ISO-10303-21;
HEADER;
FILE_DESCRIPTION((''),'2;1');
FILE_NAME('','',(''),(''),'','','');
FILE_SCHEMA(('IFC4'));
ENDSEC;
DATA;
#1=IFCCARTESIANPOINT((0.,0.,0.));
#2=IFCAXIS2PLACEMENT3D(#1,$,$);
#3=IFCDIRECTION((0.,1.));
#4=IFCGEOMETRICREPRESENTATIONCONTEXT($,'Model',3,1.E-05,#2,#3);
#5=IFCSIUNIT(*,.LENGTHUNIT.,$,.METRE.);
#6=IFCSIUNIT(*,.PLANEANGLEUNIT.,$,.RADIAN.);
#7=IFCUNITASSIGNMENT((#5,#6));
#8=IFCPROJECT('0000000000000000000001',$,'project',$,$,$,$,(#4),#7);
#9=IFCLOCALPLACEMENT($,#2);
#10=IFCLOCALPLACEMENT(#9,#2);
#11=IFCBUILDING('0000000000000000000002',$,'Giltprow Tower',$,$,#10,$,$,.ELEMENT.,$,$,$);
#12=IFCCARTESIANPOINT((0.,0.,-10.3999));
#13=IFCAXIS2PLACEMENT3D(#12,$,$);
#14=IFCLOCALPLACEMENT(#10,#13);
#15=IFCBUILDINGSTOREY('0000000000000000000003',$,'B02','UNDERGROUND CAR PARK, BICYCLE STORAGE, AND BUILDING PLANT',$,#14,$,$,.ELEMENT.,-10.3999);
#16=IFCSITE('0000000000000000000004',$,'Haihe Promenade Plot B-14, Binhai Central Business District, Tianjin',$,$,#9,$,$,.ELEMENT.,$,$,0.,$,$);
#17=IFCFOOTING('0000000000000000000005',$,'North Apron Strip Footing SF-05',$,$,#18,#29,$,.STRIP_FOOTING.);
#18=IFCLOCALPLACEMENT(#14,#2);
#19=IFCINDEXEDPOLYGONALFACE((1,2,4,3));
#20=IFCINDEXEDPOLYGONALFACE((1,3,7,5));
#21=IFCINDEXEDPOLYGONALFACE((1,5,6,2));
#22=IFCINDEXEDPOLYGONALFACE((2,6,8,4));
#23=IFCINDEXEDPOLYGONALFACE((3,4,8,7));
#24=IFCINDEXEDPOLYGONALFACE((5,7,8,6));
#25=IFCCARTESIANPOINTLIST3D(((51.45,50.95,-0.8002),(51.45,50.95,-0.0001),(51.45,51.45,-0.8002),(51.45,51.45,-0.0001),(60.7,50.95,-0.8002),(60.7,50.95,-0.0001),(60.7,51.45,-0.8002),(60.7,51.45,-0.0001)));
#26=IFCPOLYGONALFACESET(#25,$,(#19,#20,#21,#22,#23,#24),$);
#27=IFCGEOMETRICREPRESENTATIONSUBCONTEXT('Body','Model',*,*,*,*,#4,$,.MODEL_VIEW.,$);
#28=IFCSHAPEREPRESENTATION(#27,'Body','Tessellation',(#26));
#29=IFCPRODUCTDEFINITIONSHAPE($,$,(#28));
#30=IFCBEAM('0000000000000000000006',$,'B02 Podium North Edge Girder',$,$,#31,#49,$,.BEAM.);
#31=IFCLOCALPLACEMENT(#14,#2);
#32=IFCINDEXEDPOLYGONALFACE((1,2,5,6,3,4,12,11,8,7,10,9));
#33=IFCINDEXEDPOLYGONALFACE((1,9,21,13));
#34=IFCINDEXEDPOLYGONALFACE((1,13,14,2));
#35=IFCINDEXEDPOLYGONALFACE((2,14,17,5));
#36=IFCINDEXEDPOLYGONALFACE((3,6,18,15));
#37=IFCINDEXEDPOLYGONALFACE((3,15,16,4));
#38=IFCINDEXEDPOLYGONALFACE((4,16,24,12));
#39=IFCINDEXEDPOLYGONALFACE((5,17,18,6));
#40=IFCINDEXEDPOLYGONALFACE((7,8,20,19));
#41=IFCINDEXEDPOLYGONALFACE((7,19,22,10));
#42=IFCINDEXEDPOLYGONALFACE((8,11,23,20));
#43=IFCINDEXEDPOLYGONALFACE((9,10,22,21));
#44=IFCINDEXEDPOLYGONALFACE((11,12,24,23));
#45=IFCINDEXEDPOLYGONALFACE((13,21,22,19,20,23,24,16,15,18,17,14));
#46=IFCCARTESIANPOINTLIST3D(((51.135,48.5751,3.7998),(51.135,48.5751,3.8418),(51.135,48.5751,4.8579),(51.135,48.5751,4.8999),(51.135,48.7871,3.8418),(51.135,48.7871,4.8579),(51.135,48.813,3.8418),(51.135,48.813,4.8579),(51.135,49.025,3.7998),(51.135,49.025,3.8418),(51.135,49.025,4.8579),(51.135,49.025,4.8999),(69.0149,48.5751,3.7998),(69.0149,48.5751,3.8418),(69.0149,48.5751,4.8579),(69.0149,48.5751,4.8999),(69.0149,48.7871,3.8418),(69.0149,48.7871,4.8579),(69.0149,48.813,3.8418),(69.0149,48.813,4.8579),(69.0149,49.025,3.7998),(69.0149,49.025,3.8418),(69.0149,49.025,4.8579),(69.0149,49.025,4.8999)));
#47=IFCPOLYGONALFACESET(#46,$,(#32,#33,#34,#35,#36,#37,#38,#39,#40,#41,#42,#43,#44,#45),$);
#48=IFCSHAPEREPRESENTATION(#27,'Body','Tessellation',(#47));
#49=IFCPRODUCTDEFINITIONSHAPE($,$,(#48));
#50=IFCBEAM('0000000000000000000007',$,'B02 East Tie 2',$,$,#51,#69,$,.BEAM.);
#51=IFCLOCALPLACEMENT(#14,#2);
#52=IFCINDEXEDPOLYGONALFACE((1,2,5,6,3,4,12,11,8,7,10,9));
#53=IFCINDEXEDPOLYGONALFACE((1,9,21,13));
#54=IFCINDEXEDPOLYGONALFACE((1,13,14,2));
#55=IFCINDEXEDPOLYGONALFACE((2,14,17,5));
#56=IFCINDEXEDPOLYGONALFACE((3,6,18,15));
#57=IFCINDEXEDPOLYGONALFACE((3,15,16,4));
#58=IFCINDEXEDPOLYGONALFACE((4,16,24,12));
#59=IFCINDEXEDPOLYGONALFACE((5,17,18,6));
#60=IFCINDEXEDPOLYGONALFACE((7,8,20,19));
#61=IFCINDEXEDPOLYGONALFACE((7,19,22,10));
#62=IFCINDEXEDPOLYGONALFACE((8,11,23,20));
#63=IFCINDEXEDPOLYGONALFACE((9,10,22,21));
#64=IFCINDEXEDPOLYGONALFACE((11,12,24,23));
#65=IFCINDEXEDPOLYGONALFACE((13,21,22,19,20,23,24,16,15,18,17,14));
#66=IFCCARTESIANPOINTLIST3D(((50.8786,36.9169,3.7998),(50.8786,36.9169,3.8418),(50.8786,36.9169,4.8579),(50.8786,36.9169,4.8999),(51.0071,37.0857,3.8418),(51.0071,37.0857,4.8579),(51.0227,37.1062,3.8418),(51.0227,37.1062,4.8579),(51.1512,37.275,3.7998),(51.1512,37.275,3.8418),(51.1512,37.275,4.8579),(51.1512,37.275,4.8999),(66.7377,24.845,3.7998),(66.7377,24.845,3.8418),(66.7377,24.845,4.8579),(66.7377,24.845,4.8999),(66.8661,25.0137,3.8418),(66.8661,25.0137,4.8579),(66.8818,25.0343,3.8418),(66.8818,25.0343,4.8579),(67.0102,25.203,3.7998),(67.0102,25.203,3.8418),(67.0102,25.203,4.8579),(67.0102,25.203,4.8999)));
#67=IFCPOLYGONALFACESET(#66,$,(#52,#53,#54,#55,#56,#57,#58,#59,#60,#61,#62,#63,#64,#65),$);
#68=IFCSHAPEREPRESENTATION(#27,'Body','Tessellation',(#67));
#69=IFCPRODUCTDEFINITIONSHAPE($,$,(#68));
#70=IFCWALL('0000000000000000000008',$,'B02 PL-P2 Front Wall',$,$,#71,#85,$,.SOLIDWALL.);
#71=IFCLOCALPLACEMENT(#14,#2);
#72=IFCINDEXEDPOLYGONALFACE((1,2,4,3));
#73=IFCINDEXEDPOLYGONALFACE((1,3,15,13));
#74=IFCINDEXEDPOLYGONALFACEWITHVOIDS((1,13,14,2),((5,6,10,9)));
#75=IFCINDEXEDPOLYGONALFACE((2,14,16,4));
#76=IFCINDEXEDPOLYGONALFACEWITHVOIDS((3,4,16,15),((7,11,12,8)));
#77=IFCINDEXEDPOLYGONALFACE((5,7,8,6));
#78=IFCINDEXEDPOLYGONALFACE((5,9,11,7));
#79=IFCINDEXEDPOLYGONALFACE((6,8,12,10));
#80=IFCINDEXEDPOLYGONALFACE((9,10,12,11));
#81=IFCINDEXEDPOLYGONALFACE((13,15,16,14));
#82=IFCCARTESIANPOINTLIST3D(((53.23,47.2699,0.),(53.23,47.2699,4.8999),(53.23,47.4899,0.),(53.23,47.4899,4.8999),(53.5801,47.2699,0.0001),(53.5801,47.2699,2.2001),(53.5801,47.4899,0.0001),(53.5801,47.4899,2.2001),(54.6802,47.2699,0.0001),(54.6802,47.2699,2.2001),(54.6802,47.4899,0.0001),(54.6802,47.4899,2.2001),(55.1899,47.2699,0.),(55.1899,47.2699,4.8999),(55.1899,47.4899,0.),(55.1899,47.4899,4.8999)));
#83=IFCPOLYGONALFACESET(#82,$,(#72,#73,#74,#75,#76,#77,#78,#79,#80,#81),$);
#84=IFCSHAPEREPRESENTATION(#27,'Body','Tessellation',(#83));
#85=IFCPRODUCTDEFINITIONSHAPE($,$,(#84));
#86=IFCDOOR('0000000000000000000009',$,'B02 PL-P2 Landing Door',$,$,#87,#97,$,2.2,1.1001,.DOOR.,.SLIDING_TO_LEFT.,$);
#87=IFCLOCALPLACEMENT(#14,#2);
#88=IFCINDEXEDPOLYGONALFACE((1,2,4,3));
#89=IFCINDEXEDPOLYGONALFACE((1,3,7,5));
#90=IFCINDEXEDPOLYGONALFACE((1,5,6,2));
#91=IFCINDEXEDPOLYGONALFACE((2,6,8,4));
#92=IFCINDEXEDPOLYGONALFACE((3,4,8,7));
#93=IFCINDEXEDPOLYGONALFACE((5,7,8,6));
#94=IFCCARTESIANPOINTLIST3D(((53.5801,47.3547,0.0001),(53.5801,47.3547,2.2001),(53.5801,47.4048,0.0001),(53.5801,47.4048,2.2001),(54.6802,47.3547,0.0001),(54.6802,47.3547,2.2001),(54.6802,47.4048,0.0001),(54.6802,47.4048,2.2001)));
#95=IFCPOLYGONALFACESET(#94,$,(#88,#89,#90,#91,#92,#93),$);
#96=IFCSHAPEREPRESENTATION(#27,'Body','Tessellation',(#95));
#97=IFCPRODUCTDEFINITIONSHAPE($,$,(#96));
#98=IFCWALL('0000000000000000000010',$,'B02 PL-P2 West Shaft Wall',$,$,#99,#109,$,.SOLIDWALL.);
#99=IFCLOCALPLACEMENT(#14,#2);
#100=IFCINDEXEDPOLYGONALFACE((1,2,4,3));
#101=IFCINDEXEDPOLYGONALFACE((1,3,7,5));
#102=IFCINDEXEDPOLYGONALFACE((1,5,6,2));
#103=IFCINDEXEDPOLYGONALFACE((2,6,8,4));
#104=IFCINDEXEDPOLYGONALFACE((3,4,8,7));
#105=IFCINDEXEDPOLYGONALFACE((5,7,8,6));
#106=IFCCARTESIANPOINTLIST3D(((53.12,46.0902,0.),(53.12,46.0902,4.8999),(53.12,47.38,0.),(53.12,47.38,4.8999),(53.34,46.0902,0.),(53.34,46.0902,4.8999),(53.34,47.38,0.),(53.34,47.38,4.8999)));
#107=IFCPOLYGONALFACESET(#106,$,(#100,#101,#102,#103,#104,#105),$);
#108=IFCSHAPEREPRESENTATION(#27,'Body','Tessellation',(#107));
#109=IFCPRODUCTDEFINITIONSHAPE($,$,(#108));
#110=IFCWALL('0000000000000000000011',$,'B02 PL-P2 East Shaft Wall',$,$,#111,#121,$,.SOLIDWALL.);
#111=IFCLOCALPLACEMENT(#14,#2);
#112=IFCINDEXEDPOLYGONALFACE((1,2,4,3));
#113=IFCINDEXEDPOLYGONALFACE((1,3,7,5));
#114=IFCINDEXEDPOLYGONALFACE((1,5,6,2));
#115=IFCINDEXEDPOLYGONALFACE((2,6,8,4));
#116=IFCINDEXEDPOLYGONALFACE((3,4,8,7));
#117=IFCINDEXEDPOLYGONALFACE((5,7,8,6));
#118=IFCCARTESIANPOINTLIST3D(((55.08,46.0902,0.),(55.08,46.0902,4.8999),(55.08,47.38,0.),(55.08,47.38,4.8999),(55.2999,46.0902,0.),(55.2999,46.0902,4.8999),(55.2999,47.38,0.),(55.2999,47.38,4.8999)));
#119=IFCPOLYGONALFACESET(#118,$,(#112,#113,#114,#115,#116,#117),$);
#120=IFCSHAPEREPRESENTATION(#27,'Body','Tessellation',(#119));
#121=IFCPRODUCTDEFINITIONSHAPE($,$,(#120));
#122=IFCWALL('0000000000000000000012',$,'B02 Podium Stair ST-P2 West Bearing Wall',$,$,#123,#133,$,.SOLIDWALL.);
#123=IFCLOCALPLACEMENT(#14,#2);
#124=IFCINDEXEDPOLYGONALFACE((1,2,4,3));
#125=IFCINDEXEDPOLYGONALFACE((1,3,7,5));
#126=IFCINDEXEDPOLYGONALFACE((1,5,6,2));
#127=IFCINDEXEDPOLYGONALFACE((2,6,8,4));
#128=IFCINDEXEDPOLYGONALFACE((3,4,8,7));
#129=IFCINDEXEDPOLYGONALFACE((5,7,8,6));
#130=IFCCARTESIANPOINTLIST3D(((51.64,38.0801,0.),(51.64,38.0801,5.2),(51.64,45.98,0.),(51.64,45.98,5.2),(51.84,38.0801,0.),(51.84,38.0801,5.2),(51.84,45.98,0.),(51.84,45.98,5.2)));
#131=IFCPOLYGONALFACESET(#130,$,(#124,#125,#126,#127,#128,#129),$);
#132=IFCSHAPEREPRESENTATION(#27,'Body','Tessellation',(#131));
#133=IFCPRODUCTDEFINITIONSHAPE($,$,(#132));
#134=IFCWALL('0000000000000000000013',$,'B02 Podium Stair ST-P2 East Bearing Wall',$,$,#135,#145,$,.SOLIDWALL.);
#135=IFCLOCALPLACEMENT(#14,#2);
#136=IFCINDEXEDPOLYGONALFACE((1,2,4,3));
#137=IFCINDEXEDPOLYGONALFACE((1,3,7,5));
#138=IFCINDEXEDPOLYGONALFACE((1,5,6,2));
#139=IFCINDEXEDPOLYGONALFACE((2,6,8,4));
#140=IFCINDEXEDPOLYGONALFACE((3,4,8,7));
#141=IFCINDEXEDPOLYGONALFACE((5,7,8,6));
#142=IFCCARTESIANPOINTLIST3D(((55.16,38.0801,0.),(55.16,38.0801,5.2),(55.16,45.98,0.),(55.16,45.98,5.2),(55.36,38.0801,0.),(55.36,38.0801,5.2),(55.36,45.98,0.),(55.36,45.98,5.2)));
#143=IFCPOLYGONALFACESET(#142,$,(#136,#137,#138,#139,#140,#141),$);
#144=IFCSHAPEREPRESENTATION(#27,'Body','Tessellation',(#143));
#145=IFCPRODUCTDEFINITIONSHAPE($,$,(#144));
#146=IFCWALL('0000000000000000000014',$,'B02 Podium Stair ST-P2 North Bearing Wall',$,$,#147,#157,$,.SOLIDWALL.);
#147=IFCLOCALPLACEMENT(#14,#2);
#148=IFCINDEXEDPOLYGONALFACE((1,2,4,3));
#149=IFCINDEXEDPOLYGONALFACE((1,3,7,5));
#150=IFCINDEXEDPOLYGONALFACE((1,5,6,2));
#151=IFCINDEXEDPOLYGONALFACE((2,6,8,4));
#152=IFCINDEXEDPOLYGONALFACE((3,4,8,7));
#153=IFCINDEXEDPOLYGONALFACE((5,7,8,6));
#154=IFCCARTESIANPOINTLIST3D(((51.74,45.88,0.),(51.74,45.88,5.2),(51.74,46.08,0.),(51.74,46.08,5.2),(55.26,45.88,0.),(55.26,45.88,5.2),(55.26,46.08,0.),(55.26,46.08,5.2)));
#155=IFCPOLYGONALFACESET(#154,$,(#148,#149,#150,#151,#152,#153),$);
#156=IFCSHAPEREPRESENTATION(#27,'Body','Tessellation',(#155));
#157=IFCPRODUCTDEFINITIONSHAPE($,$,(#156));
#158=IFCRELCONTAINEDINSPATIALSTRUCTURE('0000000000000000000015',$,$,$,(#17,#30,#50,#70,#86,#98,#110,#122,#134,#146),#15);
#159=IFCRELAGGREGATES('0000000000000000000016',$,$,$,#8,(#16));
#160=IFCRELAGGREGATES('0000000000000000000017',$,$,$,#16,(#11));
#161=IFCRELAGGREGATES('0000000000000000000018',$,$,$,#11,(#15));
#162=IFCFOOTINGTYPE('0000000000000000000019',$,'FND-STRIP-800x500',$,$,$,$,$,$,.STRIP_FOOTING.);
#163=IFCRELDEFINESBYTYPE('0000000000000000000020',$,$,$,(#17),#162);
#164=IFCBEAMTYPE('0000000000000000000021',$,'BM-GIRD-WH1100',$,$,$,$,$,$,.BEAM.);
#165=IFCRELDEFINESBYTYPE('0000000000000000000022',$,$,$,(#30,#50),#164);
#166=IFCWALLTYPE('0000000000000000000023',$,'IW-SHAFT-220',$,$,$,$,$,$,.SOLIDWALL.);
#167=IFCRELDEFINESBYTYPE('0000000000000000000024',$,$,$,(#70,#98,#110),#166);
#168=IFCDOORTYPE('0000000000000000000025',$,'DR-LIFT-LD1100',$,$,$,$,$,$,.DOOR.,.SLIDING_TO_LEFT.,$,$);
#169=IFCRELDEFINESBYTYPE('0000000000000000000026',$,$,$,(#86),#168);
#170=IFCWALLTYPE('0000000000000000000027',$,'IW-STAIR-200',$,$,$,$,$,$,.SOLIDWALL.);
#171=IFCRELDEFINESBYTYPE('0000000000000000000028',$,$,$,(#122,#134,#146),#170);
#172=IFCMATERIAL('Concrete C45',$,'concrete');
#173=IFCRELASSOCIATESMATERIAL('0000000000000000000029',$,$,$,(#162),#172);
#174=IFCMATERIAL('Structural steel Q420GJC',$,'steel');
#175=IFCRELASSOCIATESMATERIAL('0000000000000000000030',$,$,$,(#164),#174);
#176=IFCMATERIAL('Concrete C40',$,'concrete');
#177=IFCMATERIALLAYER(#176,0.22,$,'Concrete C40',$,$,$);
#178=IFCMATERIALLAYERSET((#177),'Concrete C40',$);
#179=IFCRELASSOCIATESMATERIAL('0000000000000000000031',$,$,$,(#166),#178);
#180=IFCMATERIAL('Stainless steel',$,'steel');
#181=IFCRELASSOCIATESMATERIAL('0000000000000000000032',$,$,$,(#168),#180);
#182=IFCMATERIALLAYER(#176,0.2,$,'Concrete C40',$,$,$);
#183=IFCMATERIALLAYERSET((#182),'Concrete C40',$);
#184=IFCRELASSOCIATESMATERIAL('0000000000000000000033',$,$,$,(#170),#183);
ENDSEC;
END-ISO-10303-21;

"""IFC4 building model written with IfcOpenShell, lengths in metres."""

from ifc_helpers import new_model, si_unit, direction, frame, frame_2d, origin, origin_2d, place, context, subcontext, project, spatial, rectangle, i_section, extrude, source, transform, mapped, material, layer, layer_set, material_profile, profile_set, type_object, element, fill, save


model = new_model("IFC4")

# Units and contexts
model_context = context("Model", 3, precision=1e-05, world=origin(), true_north=direction((0.0, 1.0)))
body_context = subcontext(model_context, "Body", "Model", "MODEL_VIEW")
ifc_project = project(units=[si_unit("LENGTHUNIT", "METRE"), si_unit("PLANEANGLEUNIT", "RADIAN")], contexts=[model_context])

# Site, building, storey
site_placement = place(None, origin())
site = spatial("IfcSite", under=ifc_project, at=site_placement, Name="Haihe Promenade Plot B-14, Binhai Central Business District, Tianjin", CompositionType="ELEMENT", RefElevation=0.0)
building_placement = place(site_placement, origin())
building = spatial("IfcBuilding", under=site, at=building_placement, Name="Giltprow Tower", CompositionType="ELEMENT")
storey_placement = place(building_placement, frame((0.0, 0.0, -10.3999)))
storey = spatial("IfcBuildingStorey", under=building, at=storey_placement, Name="B02", Description="UNDERGROUND CAR PARK, BICYCLE STORAGE, AND BUILDING PLANT", CompositionType="ELEMENT", Elevation=-10.3999)

# Shared definitions
ifc_material_1 = material(Name="Concrete C45", Category="concrete")

# Footing
ifc_material_profile_1 = material_profile(ifc_material_1, rectangle(XDim=0.5, YDim=0.8, at=origin_2d()), Name="RC 800x500")
ifc_profile_set_1 = profile_set([ifc_material_profile_1], Name="Concrete C45")
footing_type = type_object("IfcFootingType", Name="FND-STRIP-800x500", PredefinedType="STRIP_FOOTING", material=ifc_profile_set_1)
shared_shape_1 = source(origin(), body_context, "Body", "SweptSolid", [
    extrude(rectangle(XDim=0.5, YDim=0.8, at=origin_2d()), origin(), (0.0, 0.0, 1.0), 9.25),
])
footing_placement = place(storey_placement, frame((51.45, 51.2, -0.4001), z_axis=(1.0, 0.0, 0.0), x_axis=(0.0, 1.0, 0.0)))
element("IfcFooting", 1, at=footing_placement, inside=storey, type_object=footing_type, Name="North Apron Strip Footing SF-05", PredefinedType="STRIP_FOOTING", context=body_context, shape_type="MappedRepresentation", body=[
    mapped(shared_shape_1, transform((0.0, 0.0, 0.0), x_axis=(1.0, 0.0, 0.0), y_axis=(0.0, 1.0, 0.0), z_axis=(0.0, 0.0, 1.0), scale=1.0)),
])

# Beams
ifc_material_2 = material(Name="Structural steel Q420GJC", Category="steel")
ifc_material_profile_2 = material_profile(ifc_material_2, i_section(OverallWidth=0.45, OverallDepth=1.1001, WebThickness=0.0259, FlangeThickness=0.042, at=origin_2d()), Name="WH 1100x450x26x42")
ifc_profile_set_2 = profile_set([ifc_material_profile_2], Name="Structural steel Q420GJC")
beam_type = type_object("IfcBeamType", Name="BM-GIRD-WH1100", PredefinedType="BEAM", material=ifc_profile_set_2)
shared_shape_2 = source(origin(), body_context, "Body", "SweptSolid", [
    extrude(i_section(OverallWidth=0.45, OverallDepth=1.1001, WebThickness=0.0259, FlangeThickness=0.042, at=origin_2d()), origin(), (0.0, 0.0, 1.0), 17.8799),
])
beam_1_placement = place(storey_placement, frame((51.135, 48.8, 4.3499), z_axis=(1.0, 0.0, 0.0), x_axis=(0.0, 1.0, 0.0)))
element("IfcBeam", 2, at=beam_1_placement, inside=storey, type_object=beam_type, Name="B02 Podium North Edge Girder", PredefinedType="BEAM", context=body_context, shape_type="MappedRepresentation", body=[
    mapped(shared_shape_2, transform((0.0, 0.0, 0.0), x_axis=(1.0, 0.0, 0.0), y_axis=(0.0, 1.0, 0.0), z_axis=(0.0, 0.0, 1.0), scale=1.0)),
])
shared_shape_3 = source(origin(), body_context, "Body", "SweptSolid", [
    extrude(i_section(OverallWidth=0.45, OverallDepth=1.1001, WebThickness=0.0259, FlangeThickness=0.042, at=origin_2d()), origin(), (0.0, 0.0, 1.0), 19.9309),
])
beam_2_placement = place(storey_placement, frame((51.0149, 37.0959, 4.3499), z_axis=(0.795701, -0.60569, 0.0), x_axis=(0.60569, 0.795701, 0.0)))
element("IfcBeam", 3, at=beam_2_placement, inside=storey, type_object=beam_type, Name="B02 East Tie 2", PredefinedType="BEAM", context=body_context, shape_type="MappedRepresentation", body=[
    mapped(shared_shape_3, transform((0.0, 0.0, 0.0), x_axis=(1.0, 0.0, 0.0), y_axis=(0.0, 1.0, 0.0), z_axis=(0.0, 0.0, 1.0), scale=1.0)),
])

# Wall, opening, door
ifc_material_3 = material(Name="Concrete C40", Category="concrete")
ifc_layer_1 = layer(ifc_material_3, 0.22, Name="Concrete C40")
ifc_layer_set_1 = layer_set([ifc_layer_1], Name="Concrete C40")
wall_type_1 = type_object("IfcWallType", Name="IW-SHAFT-220", PredefinedType="SOLIDWALL", material=ifc_layer_set_1)
wall_1_placement = place(storey_placement, frame((53.23, 47.3799, 0.0), z_axis=(0.0, 0.0, 1.0), x_axis=(1.0, 0.0, 0.0)))
wall_1 = element("IfcWall", 4, at=wall_1_placement, inside=storey, type_object=wall_type_1, Name="B02 PL-P2 Front Wall", PredefinedType="SOLIDWALL", context=body_context, shape_type="SweptSolid", body=[
    extrude(rectangle(XDim=1.96, YDim=0.22, at=frame_2d((0.98, 0.0))), origin(), (0.0, 0.0, 1.0), 4.8999),
])
opening_1_placement = place(wall_1_placement, frame((0.3501, 0.0, 0.0)))
opening_1 = element("IfcOpeningElement", 5, at=opening_1_placement, cuts=wall_1, PredefinedType="OPENING", context=body_context, shape_type="SweptSolid", body=[
    extrude(rectangle(XDim=1.1001, YDim=2.2, at=frame_2d((0.55, 1.1001))), frame((0.0, 0.1199, 0.0), z_axis=(0.0, -1.0, 0.0), x_axis=(1.0, 0.0, 0.0)), (0.0, 0.0, 1.0), 0.24),
])
ifc_material_4 = material(Name="Stainless steel", Category="steel")
door_type_1 = type_object("IfcDoorType", Name="DR-LIFT-LD1100", OperationType="SLIDING_TO_LEFT", PredefinedType="DOOR", material=ifc_material_4)
shared_shape_4 = source(origin(), body_context, "Body", "SweptSolid", [
    extrude(rectangle(XDim=1.1001, YDim=2.2, at=frame_2d((0.55, 1.1001))), frame((0.0, 0.0249, 0.0), z_axis=(0.0, -1.0, 0.0), x_axis=(1.0, 0.0, 0.0)), (0.0, 0.0, 1.0), 0.05),
])
door_1_placement = place(opening_1_placement, origin())
door_1 = element("IfcDoor", 6, at=door_1_placement, inside=storey, type_object=door_type_1, Name="B02 PL-P2 Landing Door", OperationType="SLIDING_TO_LEFT", OverallHeight=2.2, OverallWidth=1.1001, PredefinedType="DOOR", context=body_context, shape_type="MappedRepresentation", body=[
    mapped(shared_shape_4, transform((0.0, 0.0, 0.0), x_axis=(1.0, 0.0, 0.0), y_axis=(0.0, 1.0, 0.0), z_axis=(0.0, 0.0, 1.0), scale=1.0)),
])
fill(opening_1, door_1)

# Walls
for number, where, z_axis, x_axis, name in (
    (7, (53.23, 46.0901, 0.0), (0.0, 0.0, 1.0), (0.0, 1.0, 0.0), "B02 PL-P2 West Shaft Wall"),
    (8, (55.1899, 46.0901, 0.0), (0.0, 0.0, 1.0), (0.0, 1.0, 0.0), "B02 PL-P2 East Shaft Wall"),
):
    element("IfcWall", number, at=place(storey_placement, frame(where, z_axis=z_axis, x_axis=x_axis)), inside=storey, type_object=wall_type_1, Name=name, PredefinedType="SOLIDWALL", context=body_context, shape_type="SweptSolid", body=[
        extrude(rectangle(XDim=1.2898, YDim=0.22, at=frame_2d((0.645, 0.0))), origin(), (0.0, 0.0, 1.0), 4.8999),
    ])
ifc_layer_2 = layer(ifc_material_3, 0.2, Name="Concrete C40")
ifc_layer_set_2 = layer_set([ifc_layer_2], Name="Concrete C40")
wall_type_2 = type_object("IfcWallType", Name="IW-STAIR-200", PredefinedType="SOLIDWALL", material=ifc_layer_set_2)
for number, where, z_axis, x_axis, name in (
    (9, (51.74, 38.0801, 0.0), (0.0, 0.0, 1.0), (0.0, 1.0, 0.0), "B02 Podium Stair ST-P2 West Bearing Wall"),
    (10, (55.26, 38.0801, 0.0), (0.0, 0.0, 1.0), (0.0, 1.0, 0.0), "B02 Podium Stair ST-P2 East Bearing Wall"),
):
    element("IfcWall", number, at=place(storey_placement, frame(where, z_axis=z_axis, x_axis=x_axis)), inside=storey, type_object=wall_type_2, Name=name, PredefinedType="SOLIDWALL", context=body_context, shape_type="SweptSolid", body=[
        extrude(rectangle(XDim=7.8999, YDim=0.2, at=frame_2d((3.95, 0.0))), origin(), (0.0, 0.0, 1.0), 5.2),
    ])
wall_2_placement = place(storey_placement, frame((51.74, 45.98, 0.0), z_axis=(0.0, 0.0, 1.0), x_axis=(1.0, 0.0, 0.0)))
element("IfcWall", 11, at=wall_2_placement, inside=storey, type_object=wall_type_2, Name="B02 Podium Stair ST-P2 North Bearing Wall", PredefinedType="SOLIDWALL", context=body_context, shape_type="SweptSolid", body=[
    extrude(rectangle(XDim=3.52, YDim=0.2, at=frame_2d((1.76, 0.0))), origin(), (0.0, 0.0, 1.0), 5.2),
])

save(model, "model.ifc")
